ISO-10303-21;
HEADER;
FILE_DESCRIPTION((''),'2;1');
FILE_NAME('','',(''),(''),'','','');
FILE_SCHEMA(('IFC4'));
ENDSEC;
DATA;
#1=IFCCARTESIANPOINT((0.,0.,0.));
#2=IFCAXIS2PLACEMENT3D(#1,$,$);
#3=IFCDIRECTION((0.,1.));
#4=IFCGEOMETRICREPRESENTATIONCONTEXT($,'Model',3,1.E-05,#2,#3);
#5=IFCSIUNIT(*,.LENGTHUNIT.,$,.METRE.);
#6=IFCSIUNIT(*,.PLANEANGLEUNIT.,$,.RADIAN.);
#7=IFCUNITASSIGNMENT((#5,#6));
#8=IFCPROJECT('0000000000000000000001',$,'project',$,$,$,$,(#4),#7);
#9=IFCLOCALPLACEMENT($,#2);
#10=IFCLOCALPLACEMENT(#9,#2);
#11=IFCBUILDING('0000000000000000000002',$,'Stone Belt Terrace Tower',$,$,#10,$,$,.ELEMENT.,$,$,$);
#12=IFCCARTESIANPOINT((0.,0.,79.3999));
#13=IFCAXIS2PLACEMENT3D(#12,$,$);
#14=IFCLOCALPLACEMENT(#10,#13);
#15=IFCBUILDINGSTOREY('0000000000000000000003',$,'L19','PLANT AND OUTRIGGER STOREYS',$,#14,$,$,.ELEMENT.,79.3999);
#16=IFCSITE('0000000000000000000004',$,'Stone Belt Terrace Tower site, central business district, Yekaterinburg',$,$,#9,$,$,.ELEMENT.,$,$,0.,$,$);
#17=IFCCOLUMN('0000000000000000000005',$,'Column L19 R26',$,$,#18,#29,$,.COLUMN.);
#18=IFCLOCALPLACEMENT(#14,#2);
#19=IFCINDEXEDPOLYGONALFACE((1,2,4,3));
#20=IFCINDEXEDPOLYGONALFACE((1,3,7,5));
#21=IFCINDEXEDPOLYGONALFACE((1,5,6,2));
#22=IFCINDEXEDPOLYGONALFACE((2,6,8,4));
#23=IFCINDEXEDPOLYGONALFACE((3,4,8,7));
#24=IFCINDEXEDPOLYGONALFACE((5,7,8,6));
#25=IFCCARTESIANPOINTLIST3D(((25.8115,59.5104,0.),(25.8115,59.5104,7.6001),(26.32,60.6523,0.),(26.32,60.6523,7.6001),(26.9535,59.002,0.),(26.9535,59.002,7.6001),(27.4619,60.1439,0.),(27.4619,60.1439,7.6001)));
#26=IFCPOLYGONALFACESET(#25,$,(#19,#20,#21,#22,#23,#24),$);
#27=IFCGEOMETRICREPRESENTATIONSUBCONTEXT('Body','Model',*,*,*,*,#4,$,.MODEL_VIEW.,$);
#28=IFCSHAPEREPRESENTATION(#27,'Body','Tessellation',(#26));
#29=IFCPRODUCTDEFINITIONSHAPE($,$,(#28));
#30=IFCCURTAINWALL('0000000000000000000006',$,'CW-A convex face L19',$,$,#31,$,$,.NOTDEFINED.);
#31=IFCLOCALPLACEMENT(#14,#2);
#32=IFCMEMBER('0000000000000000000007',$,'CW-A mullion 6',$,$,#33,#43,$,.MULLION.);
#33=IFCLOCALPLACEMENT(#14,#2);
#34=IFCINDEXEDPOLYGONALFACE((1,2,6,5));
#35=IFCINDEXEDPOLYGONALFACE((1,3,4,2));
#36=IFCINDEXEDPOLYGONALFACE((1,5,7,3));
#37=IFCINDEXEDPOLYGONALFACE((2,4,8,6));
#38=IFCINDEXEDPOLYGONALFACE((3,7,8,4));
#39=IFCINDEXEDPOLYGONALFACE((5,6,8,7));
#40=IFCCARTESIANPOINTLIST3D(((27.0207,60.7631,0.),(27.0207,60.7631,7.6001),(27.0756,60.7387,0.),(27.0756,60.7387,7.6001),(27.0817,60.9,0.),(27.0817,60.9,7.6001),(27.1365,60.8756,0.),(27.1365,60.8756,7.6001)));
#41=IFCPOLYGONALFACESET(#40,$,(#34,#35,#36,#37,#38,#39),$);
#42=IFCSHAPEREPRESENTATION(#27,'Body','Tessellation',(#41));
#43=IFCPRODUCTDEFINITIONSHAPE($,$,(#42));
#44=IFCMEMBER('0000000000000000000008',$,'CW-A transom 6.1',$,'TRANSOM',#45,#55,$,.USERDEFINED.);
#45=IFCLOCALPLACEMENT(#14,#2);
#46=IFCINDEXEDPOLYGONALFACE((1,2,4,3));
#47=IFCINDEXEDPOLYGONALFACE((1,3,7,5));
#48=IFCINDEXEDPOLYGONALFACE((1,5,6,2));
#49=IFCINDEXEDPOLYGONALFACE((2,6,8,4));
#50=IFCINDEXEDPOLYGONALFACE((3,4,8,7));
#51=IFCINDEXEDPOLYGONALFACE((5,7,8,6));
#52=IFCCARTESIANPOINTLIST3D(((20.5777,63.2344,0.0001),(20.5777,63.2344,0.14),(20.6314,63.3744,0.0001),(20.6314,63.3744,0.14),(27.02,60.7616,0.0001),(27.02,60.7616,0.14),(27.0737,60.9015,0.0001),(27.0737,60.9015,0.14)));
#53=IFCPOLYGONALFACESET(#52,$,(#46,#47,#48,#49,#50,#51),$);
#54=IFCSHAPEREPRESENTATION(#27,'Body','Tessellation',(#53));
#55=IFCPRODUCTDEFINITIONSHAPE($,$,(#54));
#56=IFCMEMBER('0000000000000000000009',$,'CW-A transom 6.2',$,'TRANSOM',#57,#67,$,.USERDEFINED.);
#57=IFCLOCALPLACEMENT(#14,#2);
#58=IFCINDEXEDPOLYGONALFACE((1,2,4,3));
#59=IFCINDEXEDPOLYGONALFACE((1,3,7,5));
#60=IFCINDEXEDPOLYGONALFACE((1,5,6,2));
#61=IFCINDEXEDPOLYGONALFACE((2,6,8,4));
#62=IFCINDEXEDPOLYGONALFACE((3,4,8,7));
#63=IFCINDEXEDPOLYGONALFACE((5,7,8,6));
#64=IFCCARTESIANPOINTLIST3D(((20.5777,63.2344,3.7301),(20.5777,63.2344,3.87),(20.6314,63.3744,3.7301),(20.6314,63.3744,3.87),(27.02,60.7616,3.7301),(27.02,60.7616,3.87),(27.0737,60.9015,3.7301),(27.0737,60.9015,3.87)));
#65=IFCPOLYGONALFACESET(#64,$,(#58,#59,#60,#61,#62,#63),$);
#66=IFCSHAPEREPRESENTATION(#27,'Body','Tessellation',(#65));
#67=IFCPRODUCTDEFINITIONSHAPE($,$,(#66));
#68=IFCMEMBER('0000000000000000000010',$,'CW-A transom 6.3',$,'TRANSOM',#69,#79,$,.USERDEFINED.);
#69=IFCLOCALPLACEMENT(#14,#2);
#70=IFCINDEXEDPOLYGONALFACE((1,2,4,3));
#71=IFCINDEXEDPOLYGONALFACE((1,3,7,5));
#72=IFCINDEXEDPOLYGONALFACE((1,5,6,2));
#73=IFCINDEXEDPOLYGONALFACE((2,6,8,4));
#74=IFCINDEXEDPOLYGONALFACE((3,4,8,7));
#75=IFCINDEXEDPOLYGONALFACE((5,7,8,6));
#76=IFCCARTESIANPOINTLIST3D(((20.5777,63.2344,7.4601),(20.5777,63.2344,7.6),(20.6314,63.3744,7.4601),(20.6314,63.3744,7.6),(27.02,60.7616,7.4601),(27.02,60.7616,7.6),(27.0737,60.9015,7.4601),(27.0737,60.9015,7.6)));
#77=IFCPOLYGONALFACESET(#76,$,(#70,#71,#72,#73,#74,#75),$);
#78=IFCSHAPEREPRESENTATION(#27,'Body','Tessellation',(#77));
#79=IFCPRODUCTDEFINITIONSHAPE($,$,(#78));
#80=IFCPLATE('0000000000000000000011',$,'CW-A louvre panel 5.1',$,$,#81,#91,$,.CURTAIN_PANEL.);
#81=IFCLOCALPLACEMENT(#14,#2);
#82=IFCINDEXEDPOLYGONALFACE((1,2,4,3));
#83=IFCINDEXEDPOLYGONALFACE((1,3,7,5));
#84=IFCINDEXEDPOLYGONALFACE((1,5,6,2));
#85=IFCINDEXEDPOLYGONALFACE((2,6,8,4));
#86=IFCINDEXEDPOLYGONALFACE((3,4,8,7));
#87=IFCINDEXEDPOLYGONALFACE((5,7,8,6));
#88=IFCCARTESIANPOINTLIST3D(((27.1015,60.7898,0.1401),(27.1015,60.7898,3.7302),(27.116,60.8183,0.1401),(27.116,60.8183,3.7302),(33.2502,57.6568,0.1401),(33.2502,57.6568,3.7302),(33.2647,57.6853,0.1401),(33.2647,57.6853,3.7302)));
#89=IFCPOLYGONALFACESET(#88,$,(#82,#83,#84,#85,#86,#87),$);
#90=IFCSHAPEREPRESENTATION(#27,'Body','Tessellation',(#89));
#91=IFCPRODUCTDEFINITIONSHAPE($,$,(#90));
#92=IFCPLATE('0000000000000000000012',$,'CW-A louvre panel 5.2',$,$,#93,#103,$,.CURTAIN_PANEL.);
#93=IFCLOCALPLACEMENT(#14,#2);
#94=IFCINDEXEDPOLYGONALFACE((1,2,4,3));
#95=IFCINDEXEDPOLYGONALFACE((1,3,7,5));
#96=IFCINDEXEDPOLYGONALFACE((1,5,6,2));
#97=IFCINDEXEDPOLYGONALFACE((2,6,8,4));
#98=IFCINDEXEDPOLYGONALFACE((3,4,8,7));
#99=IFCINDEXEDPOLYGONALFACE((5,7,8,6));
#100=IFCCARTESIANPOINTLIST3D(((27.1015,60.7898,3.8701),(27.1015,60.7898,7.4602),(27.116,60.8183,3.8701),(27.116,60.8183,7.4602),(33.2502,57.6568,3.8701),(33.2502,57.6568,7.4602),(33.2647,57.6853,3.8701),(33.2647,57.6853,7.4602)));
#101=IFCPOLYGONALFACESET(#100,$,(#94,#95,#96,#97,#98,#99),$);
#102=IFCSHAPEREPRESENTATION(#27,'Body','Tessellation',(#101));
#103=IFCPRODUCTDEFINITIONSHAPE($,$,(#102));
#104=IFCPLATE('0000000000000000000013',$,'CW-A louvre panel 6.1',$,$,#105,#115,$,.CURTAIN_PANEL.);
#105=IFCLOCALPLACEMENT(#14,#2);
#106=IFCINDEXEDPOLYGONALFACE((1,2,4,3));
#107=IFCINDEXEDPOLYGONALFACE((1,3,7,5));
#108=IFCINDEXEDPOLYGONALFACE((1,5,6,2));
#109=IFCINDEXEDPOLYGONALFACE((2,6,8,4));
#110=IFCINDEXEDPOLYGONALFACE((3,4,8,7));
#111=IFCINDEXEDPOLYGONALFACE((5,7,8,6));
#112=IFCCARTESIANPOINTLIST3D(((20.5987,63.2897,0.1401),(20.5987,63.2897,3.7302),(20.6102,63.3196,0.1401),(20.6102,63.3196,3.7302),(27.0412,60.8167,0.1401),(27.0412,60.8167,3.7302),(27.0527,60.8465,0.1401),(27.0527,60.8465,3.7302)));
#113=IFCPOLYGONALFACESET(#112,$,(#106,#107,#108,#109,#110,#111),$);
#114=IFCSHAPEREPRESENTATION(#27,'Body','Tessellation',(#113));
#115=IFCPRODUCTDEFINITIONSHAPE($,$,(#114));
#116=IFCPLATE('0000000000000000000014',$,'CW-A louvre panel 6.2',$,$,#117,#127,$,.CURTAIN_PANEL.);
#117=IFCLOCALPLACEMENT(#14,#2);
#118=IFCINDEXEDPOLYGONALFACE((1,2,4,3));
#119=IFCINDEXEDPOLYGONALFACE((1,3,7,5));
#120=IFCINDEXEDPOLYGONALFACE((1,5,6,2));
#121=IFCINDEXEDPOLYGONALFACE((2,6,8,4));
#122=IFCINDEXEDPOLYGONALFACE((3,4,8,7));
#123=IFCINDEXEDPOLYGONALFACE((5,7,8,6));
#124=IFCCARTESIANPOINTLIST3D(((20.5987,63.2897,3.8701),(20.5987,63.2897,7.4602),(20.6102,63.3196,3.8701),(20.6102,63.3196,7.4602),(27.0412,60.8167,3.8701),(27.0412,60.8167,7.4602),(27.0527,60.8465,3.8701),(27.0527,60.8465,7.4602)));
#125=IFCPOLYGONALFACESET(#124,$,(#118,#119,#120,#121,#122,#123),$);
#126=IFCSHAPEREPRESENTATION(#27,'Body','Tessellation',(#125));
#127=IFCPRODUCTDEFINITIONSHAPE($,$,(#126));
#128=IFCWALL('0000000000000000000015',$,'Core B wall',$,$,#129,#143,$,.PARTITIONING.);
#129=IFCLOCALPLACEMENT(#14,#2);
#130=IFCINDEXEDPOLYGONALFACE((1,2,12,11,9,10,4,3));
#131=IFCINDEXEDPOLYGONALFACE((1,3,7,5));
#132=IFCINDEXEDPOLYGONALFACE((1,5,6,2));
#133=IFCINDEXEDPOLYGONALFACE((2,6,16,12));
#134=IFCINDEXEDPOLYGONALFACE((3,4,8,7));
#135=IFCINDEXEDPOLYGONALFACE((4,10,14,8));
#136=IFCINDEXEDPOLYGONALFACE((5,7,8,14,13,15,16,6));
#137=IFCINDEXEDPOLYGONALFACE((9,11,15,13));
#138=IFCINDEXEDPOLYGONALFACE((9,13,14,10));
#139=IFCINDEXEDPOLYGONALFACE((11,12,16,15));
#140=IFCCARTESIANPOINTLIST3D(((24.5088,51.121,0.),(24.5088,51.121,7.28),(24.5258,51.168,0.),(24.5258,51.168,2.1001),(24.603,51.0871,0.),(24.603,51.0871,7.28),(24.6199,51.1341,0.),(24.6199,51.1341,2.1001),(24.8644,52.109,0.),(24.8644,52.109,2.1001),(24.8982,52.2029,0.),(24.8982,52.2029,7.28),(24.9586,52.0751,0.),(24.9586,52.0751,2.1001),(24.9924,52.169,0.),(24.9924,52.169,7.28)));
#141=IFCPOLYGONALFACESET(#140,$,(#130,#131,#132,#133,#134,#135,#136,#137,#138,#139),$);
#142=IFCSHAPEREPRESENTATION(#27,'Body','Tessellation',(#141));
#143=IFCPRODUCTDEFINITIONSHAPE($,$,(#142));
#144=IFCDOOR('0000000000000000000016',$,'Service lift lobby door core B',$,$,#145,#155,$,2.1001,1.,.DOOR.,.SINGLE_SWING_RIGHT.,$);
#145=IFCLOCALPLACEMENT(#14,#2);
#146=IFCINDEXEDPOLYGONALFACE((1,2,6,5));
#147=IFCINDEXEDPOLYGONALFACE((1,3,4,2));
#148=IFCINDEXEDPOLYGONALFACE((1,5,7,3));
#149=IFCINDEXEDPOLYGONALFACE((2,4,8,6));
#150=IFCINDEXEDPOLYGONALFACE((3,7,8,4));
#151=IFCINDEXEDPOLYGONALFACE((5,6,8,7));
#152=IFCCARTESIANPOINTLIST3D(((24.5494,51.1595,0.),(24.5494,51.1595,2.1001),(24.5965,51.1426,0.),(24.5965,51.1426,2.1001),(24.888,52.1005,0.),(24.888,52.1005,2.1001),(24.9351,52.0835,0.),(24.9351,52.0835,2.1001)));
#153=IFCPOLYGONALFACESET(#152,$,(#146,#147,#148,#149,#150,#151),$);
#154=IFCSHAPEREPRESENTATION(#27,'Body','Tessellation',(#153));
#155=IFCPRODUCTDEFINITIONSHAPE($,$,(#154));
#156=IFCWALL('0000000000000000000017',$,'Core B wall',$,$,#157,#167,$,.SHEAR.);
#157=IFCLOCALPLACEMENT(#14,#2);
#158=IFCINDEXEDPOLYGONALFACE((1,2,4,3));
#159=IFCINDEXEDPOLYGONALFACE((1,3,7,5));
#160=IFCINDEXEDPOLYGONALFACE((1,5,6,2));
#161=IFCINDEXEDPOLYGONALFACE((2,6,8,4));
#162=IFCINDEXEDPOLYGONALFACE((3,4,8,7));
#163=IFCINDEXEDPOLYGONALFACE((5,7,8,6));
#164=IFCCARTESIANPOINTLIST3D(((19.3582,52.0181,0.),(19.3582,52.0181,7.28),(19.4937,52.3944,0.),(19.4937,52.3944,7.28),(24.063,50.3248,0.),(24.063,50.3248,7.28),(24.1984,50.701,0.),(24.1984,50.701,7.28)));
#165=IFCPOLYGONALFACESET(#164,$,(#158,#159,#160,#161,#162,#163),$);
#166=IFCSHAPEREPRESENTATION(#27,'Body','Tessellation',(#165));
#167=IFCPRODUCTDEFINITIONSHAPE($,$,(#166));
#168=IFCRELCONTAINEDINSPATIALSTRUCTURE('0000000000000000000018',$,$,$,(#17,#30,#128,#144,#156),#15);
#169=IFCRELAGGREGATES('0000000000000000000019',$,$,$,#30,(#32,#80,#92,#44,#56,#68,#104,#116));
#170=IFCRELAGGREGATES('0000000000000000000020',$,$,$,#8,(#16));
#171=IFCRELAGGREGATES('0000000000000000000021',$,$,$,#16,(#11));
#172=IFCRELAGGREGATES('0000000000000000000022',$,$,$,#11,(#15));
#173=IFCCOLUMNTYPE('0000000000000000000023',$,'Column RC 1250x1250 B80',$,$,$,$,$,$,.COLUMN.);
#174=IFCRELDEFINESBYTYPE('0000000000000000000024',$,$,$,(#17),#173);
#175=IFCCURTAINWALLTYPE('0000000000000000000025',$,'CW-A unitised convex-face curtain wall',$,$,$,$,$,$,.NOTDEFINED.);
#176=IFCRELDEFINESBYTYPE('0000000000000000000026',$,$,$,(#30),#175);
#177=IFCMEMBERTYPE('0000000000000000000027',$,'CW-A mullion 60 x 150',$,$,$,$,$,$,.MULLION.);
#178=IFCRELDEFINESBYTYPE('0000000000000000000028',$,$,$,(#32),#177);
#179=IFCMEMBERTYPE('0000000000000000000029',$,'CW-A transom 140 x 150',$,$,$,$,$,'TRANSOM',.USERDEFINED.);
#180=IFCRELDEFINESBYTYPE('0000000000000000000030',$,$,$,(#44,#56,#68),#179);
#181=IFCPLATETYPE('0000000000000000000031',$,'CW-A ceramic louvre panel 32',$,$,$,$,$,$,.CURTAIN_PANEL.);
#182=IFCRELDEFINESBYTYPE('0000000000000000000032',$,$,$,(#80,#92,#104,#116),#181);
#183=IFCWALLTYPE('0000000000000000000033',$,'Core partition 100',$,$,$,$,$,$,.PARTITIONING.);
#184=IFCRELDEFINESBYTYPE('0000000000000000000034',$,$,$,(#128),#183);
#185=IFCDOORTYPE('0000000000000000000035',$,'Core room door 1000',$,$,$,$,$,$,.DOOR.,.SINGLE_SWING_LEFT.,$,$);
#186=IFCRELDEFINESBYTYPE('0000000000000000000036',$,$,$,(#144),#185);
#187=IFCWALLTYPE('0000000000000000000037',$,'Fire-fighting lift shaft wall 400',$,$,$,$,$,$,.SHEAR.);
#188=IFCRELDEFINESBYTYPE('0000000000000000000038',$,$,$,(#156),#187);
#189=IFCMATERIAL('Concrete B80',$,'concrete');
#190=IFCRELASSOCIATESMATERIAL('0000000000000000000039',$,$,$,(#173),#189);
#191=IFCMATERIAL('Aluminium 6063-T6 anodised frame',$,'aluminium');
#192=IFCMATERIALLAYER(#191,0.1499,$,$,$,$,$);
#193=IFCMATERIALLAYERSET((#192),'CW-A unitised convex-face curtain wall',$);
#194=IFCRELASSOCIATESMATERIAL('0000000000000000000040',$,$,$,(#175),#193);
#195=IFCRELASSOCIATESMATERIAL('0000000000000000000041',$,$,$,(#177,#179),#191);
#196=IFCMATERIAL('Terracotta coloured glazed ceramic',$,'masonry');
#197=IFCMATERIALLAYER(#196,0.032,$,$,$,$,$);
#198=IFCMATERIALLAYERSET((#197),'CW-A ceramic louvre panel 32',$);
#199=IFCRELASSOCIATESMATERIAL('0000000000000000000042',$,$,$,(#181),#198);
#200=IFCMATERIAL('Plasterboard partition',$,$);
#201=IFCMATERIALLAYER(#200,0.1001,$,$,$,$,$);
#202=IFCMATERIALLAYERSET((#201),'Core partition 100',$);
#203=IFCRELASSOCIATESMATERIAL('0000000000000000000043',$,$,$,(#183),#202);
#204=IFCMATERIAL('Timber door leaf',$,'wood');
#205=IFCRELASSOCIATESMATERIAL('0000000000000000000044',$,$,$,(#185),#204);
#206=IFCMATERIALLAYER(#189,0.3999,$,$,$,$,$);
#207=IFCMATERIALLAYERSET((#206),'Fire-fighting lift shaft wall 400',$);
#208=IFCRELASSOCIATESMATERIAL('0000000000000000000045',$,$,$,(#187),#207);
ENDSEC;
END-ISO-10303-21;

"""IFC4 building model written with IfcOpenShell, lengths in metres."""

from ifc_helpers import new_model, si_unit, direction, frame, frame_2d, origin, origin_2d, place, context, subcontext, project, spatial, rectangle, extrude, material, layer, layer_set, material_profile, profile_set, type_object, element, fill, aggregate, save


model = new_model("IFC4")

# Units and contexts
model_context = context("Model", 3, precision=1e-05, world=origin(), true_north=direction((0.0, 1.0)))
body_context = subcontext(model_context, "Body", "Model", "MODEL_VIEW")
ifc_project = project(units=[si_unit("LENGTHUNIT", "METRE"), si_unit("PLANEANGLEUNIT", "RADIAN")], contexts=[model_context])

# Site, building, storey
site_placement = place(None, origin())
site = spatial("IfcSite", under=ifc_project, at=site_placement, Name="Stone Belt Terrace Tower site, central business district, Yekaterinburg", CompositionType="ELEMENT", RefElevation=0.0)
building_placement = place(site_placement, origin())
building = spatial("IfcBuilding", under=site, at=building_placement, Name="Stone Belt Terrace Tower", CompositionType="ELEMENT")
storey_placement = place(building_placement, frame((0.0, 0.0, 79.3999)))
storey = spatial("IfcBuildingStorey", under=building, at=storey_placement, Name="L19", Description="PLANT AND OUTRIGGER STOREYS", CompositionType="ELEMENT", Elevation=79.3999)

# Column
ifc_material_1 = material(Name="Concrete B80", Category="concrete")
ifc_material_profile_1 = material_profile(ifc_material_1, rectangle(XDim=1.25, YDim=1.25, at=origin_2d()), Name="RC 1250x1250")
ifc_profile_set_1 = profile_set([ifc_material_profile_1], Name="Concrete B80")
column_type = type_object("IfcColumnType", Name="Column RC 1250x1250 B80", PredefinedType="COLUMN", material=ifc_profile_set_1)
column_placement = place(storey_placement, frame((26.6367, 59.8271, 0.0), z_axis=(0.0, 0.0, 1.0), x_axis=(0.913545, -0.406737, 0.0)))
element("IfcColumn", 1, at=column_placement, inside=storey, type_object=column_type, Name="Column L19 R26", PredefinedType="COLUMN", context=body_context, shape_type="SweptSolid", body=[
    extrude(rectangle(XDim=1.25, YDim=1.25, at=origin_2d()), origin(), (0.0, 0.0, 1.0), 7.6001),
])

# Curtain wall, members, plates
ifc_material_2 = material(Name="Aluminium 6063-T6 anodised frame", Category="aluminium")
ifc_layer_1 = layer(ifc_material_2, 0.1499)
ifc_layer_set_1 = layer_set([ifc_layer_1], Name="CW-A unitised convex-face curtain wall")
curtain_wall_type = type_object("IfcCurtainWallType", Name="CW-A unitised convex-face curtain wall", PredefinedType="NOTDEFINED", material=ifc_layer_set_1)
curtain_wall_placement = place(storey_placement, origin())
curtain_wall = element("IfcCurtainWall", 2, at=curtain_wall_placement, inside=storey, type_object=curtain_wall_type, Name="CW-A convex face L19", PredefinedType="NOTDEFINED")
ifc_material_profile_2 = material_profile(ifc_material_2, rectangle(XDim=0.1499, YDim=0.0601, at=origin_2d()), Name="Aluminium 6063-T6 60x150")
ifc_profile_set_2 = profile_set([ifc_material_profile_2], Name="Aluminium 6063-T6 anodised frame")
member_type_1 = type_object("IfcMemberType", Name="CW-A mullion 60 x 150", PredefinedType="MULLION", material=ifc_profile_set_2)
member_1_placement = place(storey_placement, frame((27.0786, 60.8193, 0.0), z_axis=(0.0, 0.0, 1.0), x_axis=(-0.406737, -0.913545, 0.0)))
member_1 = element("IfcMember", 3, at=member_1_placement, type_object=member_type_1, Name="CW-A mullion 6", PredefinedType="MULLION", context=body_context, shape_type="SweptSolid", body=[
    extrude(rectangle(XDim=0.1499, YDim=0.0601, at=origin_2d()), origin(), (0.0, 0.0, 1.0), 7.6001),
])
ifc_material_profile_3 = material_profile(ifc_material_2, rectangle(XDim=0.1499, YDim=0.1399, at=origin_2d()), Name="Aluminium 6063-T6 150x140")
ifc_profile_set_3 = profile_set([ifc_material_profile_3], Name="Aluminium 6063-T6 anodised frame")
member_type_2 = type_object("IfcMemberType", Name="CW-A transom 140 x 150", ElementType="TRANSOM", PredefinedType="USERDEFINED", material=ifc_profile_set_3)
member_2_placement = place(storey_placement, frame((27.0469, 60.8315, 0.0701), z_axis=(-0.933585, 0.358355, 0.0), x_axis=(-0.358355, -0.933585, 0.0)))
member_2 = element("IfcMember", 4, at=member_2_placement, type_object=member_type_2, Name="CW-A transom 6.1", ObjectType="TRANSOM", PredefinedType="USERDEFINED", context=body_context, shape_type="SweptSolid", body=[
    extrude(rectangle(XDim=0.1499, YDim=0.1399, at=origin_2d()), origin(), (0.0, 0.0, 1.0), 6.9006),
])
member_3_placement = place(storey_placement, frame((27.0469, 60.8315, 3.8), z_axis=(-0.933585, 0.358355, 0.0), x_axis=(-0.358355, -0.933585, 0.0)))
member_3 = element("IfcMember", 5, at=member_3_placement, type_object=member_type_2, Name="CW-A transom 6.2", ObjectType="TRANSOM", PredefinedType="USERDEFINED", context=body_context, shape_type="SweptSolid", body=[
    extrude(rectangle(XDim=0.1499, YDim=0.1399, at=origin_2d()), origin(), (0.0, 0.0, 1.0), 6.9006),
])
member_4_placement = place(storey_placement, frame((27.0469, 60.8315, 7.53), z_axis=(-0.933585, 0.358355, 0.0), x_axis=(-0.358355, -0.933585, 0.0)))
member_4 = element("IfcMember", 6, at=member_4_placement, type_object=member_type_2, Name="CW-A transom 6.3", ObjectType="TRANSOM", PredefinedType="USERDEFINED", context=body_context, shape_type="SweptSolid", body=[
    extrude(rectangle(XDim=0.1499, YDim=0.1399, at=origin_2d()), origin(), (0.0, 0.0, 1.0), 6.9006),
])
ifc_material_3 = material(Name="Terracotta coloured glazed ceramic", Category="masonry")
ifc_layer_2 = layer(ifc_material_3, 0.032)
ifc_layer_set_2 = layer_set([ifc_layer_2], Name="CW-A ceramic louvre panel 32")
plate_type = type_object("IfcPlateType", Name="CW-A ceramic louvre panel 32", PredefinedType="CURTAIN_PANEL", material=ifc_layer_set_2)
plate_1_placement = place(storey_placement, frame((30.1831, 59.2375, 0.1401), z_axis=(0.0, 0.0, 1.0), x_axis=(-0.891007, 0.45399, 0.0)))
plate_1 = element("IfcPlate", 7, at=plate_1_placement, type_object=plate_type, Name="CW-A louvre panel 5.1", PredefinedType="CURTAIN_PANEL", context=body_context, shape_type="SweptSolid", body=[
    extrude(rectangle(XDim=6.9009, YDim=0.032, at=origin_2d()), origin(), (0.0, 0.0, 1.0), 3.5901),
])
plate_2_placement = place(storey_placement, frame((30.1831, 59.2375, 3.8701), z_axis=(0.0, 0.0, 1.0), x_axis=(-0.891007, 0.45399, 0.0)))
plate_2 = element("IfcPlate", 8, at=plate_2_placement, type_object=plate_type, Name="CW-A louvre panel 5.2", PredefinedType="CURTAIN_PANEL", context=body_context, shape_type="SweptSolid", body=[
    extrude(rectangle(XDim=6.9009, YDim=0.032, at=origin_2d()), origin(), (0.0, 0.0, 1.0), 3.5901),
])
plate_3_placement = place(storey_placement, frame((23.8257, 62.0681, 0.1401), z_axis=(0.0, 0.0, 1.0), x_axis=(-0.93358, 0.358368, 0.0)))
plate_3 = element("IfcPlate", 9, at=plate_3_placement, type_object=plate_type, Name="CW-A louvre panel 6.1", PredefinedType="CURTAIN_PANEL", context=body_context, shape_type="SweptSolid", body=[
    extrude(rectangle(XDim=6.9009, YDim=0.032, at=origin_2d()), origin(), (0.0, 0.0, 1.0), 3.5901),
])
plate_4_placement = place(storey_placement, frame((23.8257, 62.0681, 3.8701), z_axis=(0.0, 0.0, 1.0), x_axis=(-0.93358, 0.358368, 0.0)))
plate_4 = element("IfcPlate", 10, at=plate_4_placement, type_object=plate_type, Name="CW-A louvre panel 6.2", PredefinedType="CURTAIN_PANEL", context=body_context, shape_type="SweptSolid", body=[
    extrude(rectangle(XDim=6.9009, YDim=0.032, at=origin_2d()), origin(), (0.0, 0.0, 1.0), 3.5901),
])
aggregate(curtain_wall, [member_1, plate_1, plate_2, member_2, member_3, member_4, plate_3, plate_4])

# Wall, opening, door
ifc_material_4 = material(Name="Plasterboard partition")
ifc_layer_3 = layer(ifc_material_4, 0.1001)
ifc_layer_set_3 = layer_set([ifc_layer_3], Name="Core partition 100")
wall_type_1 = type_object("IfcWallType", Name="Core partition 100", PredefinedType="PARTITIONING", material=ifc_layer_set_3)
wall_1_placement = place(storey_placement, frame((24.5559, 51.104, 0.0), z_axis=(0.0, 0.0, 1.0), x_axis=(0.338622, 0.940923, 0.0)))
wall_1 = element("IfcWall", 11, at=wall_1_placement, inside=storey, type_object=wall_type_1, Name="Core B wall", PredefinedType="PARTITIONING", context=body_context, shape_type="SweptSolid", body=[
    extrude(rectangle(XDim=1.1499, YDim=0.1001, at=frame_2d((0.575, 0.0))), origin(), (0.0, 0.0, 1.0), 7.28),
])
opening_1_placement = place(wall_1_placement, frame((0.05, 0.0, 0.0)))
opening_1 = element("IfcOpeningElement", 12, at=opening_1_placement, cuts=wall_1, PredefinedType="OPENING", context=body_context, shape_type="SweptSolid", body=[
    extrude(rectangle(XDim=1.0, YDim=2.1001, at=frame_2d((0.5, 1.05))), frame((0.0, 0.0601, 0.0), z_axis=(0.0, -1.0, 0.0), x_axis=(1.0, 0.0, 0.0)), (0.0, 0.0, 1.0), 0.1201),
])
ifc_material_5 = material(Name="Timber door leaf", Category="wood")
door_type_1 = type_object("IfcDoorType", Name="Core room door 1000", OperationType="SINGLE_SWING_LEFT", PredefinedType="DOOR", material=ifc_material_5)
door_1_placement = place(opening_1_placement, origin())
door_1 = element("IfcDoor", 13, at=door_1_placement, inside=storey, type_object=door_type_1, Name="Service lift lobby door core B", OperationType="SINGLE_SWING_RIGHT", OverallHeight=2.1001, OverallWidth=1.0, PredefinedType="DOOR", context=body_context, shape_type="SweptSolid", body=[
    extrude(rectangle(XDim=1.0, YDim=2.1001, at=frame_2d((0.5, 1.05))), frame((0.0, 0.0249, 0.0), z_axis=(0.0, -1.0, 0.0), x_axis=(1.0, 0.0, 0.0)), (0.0, 0.0, 1.0), 0.05),
])
fill(opening_1, door_1)

# Wall
ifc_layer_4 = layer(ifc_material_1, 0.3999)
ifc_layer_set_4 = layer_set([ifc_layer_4], Name="Fire-fighting lift shaft wall 400")
wall_type_2 = type_object("IfcWallType", Name="Fire-fighting lift shaft wall 400", PredefinedType="SHEAR", material=ifc_layer_set_4)
wall_2_placement = place(storey_placement, frame((24.1306, 50.5129, 0.0), z_axis=(0.0, 0.0, 1.0), x_axis=(-0.940912, 0.338652, 0.0)))
element("IfcWall", 14, at=wall_2_placement, inside=storey, type_object=wall_type_2, Name="Core B wall", PredefinedType="SHEAR", context=body_context, shape_type="SweptSolid", body=[
    extrude(rectangle(XDim=5.0002, YDim=0.3999, at=frame_2d((2.5, 0.0))), origin(), (0.0, 0.0, 1.0), 7.28),
])

save(model, "model.ifc")
